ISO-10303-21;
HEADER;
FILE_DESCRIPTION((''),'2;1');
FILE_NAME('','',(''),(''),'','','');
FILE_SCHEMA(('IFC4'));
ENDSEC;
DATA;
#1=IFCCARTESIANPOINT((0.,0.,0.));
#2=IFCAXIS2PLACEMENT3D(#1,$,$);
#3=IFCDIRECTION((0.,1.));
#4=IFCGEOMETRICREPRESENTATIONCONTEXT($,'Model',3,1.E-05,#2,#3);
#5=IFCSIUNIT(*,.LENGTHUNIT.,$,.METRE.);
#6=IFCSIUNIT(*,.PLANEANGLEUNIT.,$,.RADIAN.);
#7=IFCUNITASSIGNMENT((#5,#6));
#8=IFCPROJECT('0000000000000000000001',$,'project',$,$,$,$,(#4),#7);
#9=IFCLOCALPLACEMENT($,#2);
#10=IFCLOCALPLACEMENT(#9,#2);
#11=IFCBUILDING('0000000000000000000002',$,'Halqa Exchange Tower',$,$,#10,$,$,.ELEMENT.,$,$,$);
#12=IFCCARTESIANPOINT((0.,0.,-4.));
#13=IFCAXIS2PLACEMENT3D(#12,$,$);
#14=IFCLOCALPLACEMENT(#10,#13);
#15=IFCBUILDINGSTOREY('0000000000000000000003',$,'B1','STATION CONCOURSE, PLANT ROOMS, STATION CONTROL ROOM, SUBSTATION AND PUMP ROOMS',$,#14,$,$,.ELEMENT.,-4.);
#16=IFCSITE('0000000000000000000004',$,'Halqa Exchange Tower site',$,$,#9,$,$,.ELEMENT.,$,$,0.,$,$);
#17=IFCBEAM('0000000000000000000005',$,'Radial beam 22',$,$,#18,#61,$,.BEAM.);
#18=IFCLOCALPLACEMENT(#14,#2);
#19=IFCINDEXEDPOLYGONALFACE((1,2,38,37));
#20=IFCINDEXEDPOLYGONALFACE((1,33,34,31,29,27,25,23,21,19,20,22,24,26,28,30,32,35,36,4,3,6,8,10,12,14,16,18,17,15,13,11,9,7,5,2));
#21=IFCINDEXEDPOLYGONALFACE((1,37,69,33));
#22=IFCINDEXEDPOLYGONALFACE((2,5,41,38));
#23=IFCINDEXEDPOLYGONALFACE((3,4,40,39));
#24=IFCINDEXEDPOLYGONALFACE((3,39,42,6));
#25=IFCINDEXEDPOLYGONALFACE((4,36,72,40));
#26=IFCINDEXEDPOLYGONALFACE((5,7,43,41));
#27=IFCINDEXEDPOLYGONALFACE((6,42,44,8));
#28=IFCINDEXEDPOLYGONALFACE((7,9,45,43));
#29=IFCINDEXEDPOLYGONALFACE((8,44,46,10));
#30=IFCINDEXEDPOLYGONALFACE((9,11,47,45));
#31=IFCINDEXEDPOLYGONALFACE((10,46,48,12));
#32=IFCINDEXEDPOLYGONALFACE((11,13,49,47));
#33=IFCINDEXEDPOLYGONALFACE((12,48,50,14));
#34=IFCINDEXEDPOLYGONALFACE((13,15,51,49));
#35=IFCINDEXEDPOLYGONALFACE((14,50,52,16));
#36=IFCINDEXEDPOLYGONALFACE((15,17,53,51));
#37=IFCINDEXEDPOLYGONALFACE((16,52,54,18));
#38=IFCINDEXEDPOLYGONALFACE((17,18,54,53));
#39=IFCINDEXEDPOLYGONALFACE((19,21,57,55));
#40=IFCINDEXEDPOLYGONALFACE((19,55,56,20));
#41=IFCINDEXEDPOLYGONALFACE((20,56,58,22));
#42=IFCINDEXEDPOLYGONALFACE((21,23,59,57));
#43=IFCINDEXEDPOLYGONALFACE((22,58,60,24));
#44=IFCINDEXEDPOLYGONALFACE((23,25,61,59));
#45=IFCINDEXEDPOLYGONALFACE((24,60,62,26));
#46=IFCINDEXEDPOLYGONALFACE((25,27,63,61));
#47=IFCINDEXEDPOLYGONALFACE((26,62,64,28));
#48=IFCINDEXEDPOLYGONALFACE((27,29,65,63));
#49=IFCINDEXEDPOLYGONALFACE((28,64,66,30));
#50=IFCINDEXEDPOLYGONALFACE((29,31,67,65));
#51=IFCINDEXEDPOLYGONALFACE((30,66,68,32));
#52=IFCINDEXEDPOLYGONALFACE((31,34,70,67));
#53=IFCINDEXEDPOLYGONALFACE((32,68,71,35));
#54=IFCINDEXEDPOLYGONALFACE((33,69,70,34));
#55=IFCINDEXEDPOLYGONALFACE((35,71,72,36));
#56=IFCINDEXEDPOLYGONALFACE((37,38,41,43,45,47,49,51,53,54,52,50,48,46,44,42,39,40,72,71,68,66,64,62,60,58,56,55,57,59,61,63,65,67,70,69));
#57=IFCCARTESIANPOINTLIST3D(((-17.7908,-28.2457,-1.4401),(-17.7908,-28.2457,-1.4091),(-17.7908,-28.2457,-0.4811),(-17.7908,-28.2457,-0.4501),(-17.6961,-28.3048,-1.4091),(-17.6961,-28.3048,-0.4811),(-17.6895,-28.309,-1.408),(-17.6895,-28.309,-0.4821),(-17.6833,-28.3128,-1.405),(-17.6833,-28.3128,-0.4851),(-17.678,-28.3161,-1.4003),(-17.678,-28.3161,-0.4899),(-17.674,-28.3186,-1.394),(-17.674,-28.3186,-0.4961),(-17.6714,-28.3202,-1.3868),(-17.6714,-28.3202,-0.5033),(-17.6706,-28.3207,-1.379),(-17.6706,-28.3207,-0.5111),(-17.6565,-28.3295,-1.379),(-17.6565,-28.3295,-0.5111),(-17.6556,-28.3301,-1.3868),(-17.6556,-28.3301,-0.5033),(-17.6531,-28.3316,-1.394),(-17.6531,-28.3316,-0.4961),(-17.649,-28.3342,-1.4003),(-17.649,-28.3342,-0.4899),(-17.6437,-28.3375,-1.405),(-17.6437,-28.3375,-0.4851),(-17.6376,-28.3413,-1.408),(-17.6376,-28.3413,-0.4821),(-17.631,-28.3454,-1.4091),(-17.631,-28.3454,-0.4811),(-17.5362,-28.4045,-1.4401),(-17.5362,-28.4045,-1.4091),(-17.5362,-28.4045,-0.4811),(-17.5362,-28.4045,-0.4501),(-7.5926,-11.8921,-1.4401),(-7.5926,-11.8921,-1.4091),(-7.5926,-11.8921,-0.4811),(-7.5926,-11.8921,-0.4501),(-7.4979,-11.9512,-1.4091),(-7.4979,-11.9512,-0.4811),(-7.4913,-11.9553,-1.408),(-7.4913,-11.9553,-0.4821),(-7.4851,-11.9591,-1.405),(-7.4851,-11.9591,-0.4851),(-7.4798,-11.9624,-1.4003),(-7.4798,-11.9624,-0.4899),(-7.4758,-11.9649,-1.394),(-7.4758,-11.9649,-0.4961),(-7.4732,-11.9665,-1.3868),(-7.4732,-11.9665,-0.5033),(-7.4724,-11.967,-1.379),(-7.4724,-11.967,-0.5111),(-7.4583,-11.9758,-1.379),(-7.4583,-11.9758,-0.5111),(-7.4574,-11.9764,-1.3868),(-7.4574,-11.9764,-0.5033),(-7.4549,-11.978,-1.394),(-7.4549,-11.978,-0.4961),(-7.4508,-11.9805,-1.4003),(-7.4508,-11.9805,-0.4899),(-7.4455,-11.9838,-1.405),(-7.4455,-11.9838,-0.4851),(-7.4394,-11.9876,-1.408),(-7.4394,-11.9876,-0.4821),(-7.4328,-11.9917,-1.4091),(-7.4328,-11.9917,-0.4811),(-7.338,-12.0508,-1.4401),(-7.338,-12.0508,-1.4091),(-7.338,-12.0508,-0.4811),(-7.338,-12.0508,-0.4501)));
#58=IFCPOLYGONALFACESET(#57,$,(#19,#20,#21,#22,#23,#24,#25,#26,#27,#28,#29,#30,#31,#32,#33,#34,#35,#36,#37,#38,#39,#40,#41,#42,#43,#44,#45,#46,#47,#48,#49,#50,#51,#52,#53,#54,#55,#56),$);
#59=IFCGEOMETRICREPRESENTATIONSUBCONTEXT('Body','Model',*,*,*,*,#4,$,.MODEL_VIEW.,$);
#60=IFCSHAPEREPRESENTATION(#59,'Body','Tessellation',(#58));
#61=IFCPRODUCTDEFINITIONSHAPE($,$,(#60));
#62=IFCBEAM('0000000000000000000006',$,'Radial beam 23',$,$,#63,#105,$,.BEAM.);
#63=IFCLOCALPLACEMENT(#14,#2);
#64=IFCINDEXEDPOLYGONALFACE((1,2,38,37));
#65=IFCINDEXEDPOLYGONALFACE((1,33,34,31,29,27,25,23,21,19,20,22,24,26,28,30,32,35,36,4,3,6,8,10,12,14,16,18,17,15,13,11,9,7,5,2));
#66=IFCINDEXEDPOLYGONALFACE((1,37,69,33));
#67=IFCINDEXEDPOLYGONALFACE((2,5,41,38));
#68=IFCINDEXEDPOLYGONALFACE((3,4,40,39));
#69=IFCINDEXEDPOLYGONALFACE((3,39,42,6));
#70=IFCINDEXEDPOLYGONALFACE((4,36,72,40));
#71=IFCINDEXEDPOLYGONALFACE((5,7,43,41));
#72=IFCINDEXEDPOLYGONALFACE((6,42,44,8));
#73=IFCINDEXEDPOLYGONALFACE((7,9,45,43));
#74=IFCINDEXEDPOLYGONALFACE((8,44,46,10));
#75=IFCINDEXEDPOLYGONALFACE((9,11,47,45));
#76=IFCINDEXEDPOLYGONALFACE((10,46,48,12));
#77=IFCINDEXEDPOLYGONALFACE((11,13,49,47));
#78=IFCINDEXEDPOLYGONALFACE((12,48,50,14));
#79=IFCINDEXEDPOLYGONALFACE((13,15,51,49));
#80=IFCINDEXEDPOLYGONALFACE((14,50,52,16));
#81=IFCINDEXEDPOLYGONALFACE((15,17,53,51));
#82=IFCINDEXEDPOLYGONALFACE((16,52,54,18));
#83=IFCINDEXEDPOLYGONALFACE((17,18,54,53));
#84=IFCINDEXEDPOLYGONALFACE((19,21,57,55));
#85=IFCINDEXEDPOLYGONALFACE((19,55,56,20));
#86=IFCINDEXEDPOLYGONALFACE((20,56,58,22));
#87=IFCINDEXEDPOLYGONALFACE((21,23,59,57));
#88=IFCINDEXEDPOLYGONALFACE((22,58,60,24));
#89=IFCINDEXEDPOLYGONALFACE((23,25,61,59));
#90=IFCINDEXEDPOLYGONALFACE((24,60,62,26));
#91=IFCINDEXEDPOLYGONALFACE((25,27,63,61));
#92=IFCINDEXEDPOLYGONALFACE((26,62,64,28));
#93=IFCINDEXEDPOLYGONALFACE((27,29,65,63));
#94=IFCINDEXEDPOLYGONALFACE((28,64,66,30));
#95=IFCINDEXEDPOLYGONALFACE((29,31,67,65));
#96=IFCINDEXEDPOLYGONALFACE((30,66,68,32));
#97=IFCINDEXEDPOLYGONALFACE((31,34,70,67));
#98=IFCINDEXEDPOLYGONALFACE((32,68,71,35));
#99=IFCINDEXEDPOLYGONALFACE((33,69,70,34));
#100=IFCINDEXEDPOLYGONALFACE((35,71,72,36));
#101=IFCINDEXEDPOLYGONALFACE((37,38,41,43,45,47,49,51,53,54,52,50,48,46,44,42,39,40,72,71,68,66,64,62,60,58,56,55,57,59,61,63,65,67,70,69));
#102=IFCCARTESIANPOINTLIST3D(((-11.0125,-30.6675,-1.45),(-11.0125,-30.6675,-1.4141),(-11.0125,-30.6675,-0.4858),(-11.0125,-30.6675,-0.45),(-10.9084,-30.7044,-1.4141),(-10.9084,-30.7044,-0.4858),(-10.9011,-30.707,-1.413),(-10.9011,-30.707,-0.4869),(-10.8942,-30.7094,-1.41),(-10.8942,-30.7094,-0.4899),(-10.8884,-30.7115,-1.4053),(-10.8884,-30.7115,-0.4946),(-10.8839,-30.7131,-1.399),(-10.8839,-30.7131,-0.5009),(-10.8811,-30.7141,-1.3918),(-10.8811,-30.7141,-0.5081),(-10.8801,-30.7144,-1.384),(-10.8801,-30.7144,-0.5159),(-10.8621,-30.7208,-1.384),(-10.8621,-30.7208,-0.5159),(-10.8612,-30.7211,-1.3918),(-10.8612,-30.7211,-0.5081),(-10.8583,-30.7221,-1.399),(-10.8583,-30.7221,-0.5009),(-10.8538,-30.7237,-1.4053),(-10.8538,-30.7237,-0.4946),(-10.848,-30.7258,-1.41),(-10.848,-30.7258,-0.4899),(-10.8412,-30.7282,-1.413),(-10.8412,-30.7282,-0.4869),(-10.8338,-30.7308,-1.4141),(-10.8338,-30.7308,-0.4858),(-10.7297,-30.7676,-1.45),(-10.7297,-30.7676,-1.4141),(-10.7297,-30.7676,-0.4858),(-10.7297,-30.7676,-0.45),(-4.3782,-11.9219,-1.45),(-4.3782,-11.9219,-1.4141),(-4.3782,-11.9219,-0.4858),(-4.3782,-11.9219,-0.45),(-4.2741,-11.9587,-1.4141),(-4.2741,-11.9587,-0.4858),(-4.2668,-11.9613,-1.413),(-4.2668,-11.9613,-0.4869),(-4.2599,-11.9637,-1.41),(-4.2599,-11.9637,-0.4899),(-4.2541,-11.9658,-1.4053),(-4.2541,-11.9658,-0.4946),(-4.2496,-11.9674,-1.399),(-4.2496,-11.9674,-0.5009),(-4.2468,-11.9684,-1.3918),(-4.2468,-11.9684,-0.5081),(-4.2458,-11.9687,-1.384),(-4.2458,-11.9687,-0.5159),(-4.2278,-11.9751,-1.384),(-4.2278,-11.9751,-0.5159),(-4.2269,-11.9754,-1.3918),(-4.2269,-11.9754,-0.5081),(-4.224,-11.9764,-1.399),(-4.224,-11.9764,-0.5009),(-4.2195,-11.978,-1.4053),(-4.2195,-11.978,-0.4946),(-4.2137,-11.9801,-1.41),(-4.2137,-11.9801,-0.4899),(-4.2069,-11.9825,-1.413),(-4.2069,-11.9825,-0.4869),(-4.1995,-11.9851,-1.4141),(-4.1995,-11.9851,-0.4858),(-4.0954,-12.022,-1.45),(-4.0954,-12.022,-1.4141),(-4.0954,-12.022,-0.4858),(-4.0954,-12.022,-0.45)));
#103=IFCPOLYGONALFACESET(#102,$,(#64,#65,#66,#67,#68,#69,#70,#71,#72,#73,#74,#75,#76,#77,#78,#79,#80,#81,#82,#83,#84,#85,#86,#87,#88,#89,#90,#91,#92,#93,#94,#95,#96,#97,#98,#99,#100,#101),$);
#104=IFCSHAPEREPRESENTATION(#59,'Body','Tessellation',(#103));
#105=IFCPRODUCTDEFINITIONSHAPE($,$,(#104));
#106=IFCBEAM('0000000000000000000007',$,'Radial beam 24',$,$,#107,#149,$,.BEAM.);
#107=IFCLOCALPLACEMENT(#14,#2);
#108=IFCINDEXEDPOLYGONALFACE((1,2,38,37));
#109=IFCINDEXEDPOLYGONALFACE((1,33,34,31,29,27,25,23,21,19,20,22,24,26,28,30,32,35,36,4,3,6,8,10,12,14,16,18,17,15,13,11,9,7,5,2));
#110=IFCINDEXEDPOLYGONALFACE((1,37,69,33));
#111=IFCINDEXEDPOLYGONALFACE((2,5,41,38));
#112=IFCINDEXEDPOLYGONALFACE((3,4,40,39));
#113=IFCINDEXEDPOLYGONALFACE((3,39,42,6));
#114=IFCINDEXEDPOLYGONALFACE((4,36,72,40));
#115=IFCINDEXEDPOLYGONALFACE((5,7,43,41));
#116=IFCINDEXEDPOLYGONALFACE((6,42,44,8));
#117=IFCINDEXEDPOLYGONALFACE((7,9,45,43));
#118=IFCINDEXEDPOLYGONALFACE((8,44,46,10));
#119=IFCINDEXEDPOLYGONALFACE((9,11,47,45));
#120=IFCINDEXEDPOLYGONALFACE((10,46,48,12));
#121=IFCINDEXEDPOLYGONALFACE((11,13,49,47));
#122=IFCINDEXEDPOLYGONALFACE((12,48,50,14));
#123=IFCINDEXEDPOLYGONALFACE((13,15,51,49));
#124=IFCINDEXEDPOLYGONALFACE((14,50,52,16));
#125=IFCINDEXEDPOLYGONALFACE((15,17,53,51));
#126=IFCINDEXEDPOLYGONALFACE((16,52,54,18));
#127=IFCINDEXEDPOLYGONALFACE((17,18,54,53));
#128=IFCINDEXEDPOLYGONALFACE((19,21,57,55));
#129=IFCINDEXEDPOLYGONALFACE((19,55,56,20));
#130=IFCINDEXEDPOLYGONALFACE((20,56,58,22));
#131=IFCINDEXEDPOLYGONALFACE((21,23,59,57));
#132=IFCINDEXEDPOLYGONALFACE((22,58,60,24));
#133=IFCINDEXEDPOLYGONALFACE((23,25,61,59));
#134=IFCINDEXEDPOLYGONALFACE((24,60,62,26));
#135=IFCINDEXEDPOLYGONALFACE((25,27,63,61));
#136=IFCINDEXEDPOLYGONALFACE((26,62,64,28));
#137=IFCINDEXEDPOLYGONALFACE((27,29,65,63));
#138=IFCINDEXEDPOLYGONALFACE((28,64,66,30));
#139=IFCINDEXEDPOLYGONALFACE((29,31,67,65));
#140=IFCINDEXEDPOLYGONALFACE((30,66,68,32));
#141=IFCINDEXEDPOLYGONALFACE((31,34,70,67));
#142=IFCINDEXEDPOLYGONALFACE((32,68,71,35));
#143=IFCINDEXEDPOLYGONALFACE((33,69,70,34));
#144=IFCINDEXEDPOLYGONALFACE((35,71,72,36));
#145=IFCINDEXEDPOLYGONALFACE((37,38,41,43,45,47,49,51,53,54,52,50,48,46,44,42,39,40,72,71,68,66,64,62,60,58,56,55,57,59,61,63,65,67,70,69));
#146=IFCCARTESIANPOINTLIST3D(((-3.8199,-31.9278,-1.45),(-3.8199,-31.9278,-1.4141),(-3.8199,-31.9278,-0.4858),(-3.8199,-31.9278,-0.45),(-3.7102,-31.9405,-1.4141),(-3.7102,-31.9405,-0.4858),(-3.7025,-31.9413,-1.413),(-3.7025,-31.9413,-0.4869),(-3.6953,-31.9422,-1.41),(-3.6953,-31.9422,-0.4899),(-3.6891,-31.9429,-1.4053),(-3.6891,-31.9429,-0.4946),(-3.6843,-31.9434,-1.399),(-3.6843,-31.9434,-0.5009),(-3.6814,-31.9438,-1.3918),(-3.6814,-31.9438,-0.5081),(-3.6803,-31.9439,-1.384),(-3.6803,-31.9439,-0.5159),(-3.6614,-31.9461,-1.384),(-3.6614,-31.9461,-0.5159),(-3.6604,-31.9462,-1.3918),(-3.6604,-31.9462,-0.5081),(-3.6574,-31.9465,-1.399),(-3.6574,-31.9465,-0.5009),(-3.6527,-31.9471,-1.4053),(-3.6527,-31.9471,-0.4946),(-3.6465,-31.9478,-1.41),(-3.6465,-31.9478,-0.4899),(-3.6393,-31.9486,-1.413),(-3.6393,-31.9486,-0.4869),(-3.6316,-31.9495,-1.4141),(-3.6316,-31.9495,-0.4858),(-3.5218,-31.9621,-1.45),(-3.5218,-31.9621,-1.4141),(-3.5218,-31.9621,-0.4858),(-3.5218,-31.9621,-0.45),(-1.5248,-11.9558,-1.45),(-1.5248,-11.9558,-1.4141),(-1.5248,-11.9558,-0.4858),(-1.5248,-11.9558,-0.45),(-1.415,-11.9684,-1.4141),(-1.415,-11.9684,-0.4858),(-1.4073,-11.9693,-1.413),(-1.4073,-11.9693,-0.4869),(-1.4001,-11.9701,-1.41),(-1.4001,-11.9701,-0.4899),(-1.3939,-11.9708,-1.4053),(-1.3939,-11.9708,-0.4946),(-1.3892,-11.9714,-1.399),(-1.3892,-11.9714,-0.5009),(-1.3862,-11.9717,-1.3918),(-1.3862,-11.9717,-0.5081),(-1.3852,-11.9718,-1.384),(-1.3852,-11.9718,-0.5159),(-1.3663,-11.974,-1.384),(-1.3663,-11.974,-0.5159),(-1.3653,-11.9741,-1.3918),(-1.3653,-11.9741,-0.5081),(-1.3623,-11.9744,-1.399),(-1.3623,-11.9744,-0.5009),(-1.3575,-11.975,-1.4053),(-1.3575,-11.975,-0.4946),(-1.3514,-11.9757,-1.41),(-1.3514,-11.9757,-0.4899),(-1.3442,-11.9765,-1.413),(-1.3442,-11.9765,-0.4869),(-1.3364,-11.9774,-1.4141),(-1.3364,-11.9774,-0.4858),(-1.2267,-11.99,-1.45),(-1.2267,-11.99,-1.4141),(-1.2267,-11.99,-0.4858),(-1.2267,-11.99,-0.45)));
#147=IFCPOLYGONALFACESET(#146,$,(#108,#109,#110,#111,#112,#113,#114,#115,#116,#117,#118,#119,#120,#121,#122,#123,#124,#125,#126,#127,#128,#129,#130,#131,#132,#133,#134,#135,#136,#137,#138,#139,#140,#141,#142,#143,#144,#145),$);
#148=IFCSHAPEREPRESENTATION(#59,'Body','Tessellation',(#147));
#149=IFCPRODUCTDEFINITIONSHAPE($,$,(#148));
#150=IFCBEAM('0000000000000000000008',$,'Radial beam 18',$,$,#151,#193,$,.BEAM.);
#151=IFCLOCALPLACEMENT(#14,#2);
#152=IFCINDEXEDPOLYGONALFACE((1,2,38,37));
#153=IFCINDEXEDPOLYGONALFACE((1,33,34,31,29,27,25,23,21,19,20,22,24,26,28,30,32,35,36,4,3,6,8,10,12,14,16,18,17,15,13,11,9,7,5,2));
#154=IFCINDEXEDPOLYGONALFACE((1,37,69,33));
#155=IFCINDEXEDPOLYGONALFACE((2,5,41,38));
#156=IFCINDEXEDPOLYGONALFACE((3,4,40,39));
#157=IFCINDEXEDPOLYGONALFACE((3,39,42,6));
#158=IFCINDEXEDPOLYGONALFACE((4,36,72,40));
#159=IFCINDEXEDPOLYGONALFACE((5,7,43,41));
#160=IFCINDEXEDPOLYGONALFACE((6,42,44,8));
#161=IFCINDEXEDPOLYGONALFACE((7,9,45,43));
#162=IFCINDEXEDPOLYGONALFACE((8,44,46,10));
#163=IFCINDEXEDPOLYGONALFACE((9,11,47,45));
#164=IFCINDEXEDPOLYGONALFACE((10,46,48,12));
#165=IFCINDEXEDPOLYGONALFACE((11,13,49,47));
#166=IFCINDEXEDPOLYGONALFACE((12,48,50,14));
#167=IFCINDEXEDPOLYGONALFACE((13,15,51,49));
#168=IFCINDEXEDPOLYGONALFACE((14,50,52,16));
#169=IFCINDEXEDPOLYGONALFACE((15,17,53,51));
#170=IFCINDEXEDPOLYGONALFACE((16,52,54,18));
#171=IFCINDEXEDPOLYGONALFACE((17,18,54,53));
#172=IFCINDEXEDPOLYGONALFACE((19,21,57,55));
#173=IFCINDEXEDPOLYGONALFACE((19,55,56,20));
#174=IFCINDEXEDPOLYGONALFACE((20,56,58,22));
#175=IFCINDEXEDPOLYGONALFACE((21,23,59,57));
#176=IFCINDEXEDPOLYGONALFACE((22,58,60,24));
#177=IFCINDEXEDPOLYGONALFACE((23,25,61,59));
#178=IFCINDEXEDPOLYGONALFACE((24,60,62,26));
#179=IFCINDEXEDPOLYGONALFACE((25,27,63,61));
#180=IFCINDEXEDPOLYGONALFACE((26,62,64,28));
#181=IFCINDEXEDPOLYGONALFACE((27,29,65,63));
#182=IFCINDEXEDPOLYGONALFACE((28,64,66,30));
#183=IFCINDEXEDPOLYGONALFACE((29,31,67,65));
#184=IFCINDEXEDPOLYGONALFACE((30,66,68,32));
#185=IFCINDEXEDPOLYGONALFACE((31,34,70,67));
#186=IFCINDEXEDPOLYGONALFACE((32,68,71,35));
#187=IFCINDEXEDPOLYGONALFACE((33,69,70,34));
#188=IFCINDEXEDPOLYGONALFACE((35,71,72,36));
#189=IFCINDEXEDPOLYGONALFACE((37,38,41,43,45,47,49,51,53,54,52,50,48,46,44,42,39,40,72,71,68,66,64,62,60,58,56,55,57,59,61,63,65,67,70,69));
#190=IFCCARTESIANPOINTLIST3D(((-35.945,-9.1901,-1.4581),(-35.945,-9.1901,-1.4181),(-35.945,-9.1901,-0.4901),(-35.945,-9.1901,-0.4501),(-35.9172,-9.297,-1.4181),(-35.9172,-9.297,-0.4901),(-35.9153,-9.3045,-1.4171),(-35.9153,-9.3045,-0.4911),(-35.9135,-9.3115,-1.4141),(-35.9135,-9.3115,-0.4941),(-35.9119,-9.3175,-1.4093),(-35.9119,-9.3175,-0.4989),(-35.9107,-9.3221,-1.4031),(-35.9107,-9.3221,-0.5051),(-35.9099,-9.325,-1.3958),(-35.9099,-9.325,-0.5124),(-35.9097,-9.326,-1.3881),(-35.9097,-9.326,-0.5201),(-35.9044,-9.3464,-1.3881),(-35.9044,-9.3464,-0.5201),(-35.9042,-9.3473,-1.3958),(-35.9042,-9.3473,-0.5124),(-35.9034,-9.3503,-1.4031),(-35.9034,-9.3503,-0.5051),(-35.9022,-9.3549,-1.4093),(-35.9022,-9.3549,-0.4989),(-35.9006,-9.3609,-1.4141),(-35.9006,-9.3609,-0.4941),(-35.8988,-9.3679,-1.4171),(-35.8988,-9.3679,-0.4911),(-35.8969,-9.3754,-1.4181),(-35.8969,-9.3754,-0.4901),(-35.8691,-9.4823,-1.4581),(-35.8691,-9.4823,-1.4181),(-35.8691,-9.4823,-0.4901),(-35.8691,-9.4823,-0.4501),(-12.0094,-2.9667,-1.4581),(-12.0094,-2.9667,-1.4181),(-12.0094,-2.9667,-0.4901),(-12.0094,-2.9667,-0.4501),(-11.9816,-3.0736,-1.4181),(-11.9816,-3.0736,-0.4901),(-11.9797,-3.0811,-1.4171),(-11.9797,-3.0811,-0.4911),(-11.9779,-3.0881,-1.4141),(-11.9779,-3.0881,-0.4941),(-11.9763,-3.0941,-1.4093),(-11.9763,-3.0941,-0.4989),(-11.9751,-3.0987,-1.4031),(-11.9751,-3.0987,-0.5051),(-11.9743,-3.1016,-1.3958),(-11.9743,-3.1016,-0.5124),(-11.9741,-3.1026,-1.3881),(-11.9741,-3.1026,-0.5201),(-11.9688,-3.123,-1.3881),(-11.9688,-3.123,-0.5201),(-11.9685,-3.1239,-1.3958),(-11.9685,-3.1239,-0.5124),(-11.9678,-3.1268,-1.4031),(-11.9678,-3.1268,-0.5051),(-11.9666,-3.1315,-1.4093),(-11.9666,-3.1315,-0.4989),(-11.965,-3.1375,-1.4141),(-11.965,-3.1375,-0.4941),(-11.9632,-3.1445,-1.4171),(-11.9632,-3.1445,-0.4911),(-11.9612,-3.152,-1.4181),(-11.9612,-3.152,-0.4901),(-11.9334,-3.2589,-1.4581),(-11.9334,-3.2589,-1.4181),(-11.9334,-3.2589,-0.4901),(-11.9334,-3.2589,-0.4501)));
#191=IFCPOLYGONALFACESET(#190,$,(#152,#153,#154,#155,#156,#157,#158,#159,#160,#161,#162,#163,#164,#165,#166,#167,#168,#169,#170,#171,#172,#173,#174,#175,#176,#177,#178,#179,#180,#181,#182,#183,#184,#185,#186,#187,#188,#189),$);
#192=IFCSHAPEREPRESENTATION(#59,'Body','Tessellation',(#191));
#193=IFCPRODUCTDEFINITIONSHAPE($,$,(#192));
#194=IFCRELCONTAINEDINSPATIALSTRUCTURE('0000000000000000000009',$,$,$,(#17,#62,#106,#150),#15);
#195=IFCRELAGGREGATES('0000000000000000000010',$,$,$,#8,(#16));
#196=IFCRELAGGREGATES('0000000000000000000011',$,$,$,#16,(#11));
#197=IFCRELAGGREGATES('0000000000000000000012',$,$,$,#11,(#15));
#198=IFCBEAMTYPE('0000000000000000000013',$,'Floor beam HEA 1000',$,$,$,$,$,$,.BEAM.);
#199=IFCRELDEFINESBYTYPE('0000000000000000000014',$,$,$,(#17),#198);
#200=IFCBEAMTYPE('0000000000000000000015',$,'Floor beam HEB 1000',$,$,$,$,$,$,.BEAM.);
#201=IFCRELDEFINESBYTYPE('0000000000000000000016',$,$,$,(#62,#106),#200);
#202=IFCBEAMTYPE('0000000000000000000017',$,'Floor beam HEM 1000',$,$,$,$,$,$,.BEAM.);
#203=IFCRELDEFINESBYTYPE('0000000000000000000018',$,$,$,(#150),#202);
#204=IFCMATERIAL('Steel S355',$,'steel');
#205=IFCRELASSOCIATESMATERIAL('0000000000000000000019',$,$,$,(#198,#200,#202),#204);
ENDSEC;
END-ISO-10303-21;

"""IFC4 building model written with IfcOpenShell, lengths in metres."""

from ifc_helpers import new_model, si_unit, direction, frame, origin, origin_2d, place, context, subcontext, project, spatial, i_section, extrude, material, material_profile, profile_set, type_object, element, save


model = new_model("IFC4")

# Units and contexts
model_context = context("Model", 3, precision=1e-05, world=origin(), true_north=direction((0.0, 1.0)))
body_context = subcontext(model_context, "Body", "Model", "MODEL_VIEW")
ifc_project = project(units=[si_unit("LENGTHUNIT", "METRE"), si_unit("PLANEANGLEUNIT", "RADIAN")], contexts=[model_context])

# Site, building, storey
site_placement = place(None, origin())
site = spatial("IfcSite", under=ifc_project, at=site_placement, Name="Halqa Exchange Tower site", CompositionType="ELEMENT", RefElevation=0.0)
building_placement = place(site_placement, origin())
building = spatial("IfcBuilding", under=site, at=building_placement, Name="Halqa Exchange Tower", CompositionType="ELEMENT")
storey_placement = place(building_placement, frame((0.0, 0.0, -4.0)))
storey = spatial("IfcBuildingStorey", under=building, at=storey_placement, Name="B1", Description="STATION CONCOURSE, PLANT ROOMS, STATION CONTROL ROOM, SUBSTATION AND PUMP ROOMS", CompositionType="ELEMENT", Elevation=-4.0)

# Beams
ifc_material_1 = material(Name="Steel S355", Category="steel")
ifc_material_profile_1 = material_profile(ifc_material_1, i_section(OverallWidth=0.3, OverallDepth=0.99, WebThickness=0.0166, FlangeThickness=0.031, FilletRadius=0.03, at=origin_2d()), Name="HEA 1000")
ifc_profile_set_1 = profile_set([ifc_material_profile_1], Name="Steel S355")
beam_type_1 = type_object("IfcBeamType", Name="Floor beam HEA 1000", PredefinedType="BEAM", material=ifc_profile_set_1)
beam_1_placement = place(storey_placement, frame((-7.4653, -11.9714, -0.9451), z_axis=(-0.529146, -0.848531, 0.0), x_axis=(0.848531, -0.529146, 0.0)))
element("IfcBeam", 1, at=beam_1_placement, inside=storey, type_object=beam_type_1, Name="Radial beam 22", PredefinedType="BEAM", context=body_context, shape_type="SweptSolid", body=[
    extrude(i_section(OverallWidth=0.3, OverallDepth=0.99, WebThickness=0.0166, FlangeThickness=0.031, FilletRadius=0.03, at=origin_2d()), origin(), (0.0, 0.0, 1.0), 19.2729),
])
ifc_material_profile_2 = material_profile(ifc_material_1, i_section(OverallWidth=0.3, OverallDepth=1.0, WebThickness=0.019, FlangeThickness=0.0359, FilletRadius=0.03, at=origin_2d()), Name="HEB 1000")
ifc_profile_set_2 = profile_set([ifc_material_profile_2], Name="Steel S355")
beam_type_2 = type_object("IfcBeamType", Name="Floor beam HEB 1000", PredefinedType="BEAM", material=ifc_profile_set_2)
beam_2_placement = place(storey_placement, frame((-4.2368, -11.9719, -0.95), z_axis=(-0.333633, -0.942703, 0.0), x_axis=(0.942703, -0.333633, 0.0)))
element("IfcBeam", 2, at=beam_2_placement, inside=storey, type_object=beam_type_2, Name="Radial beam 23", PredefinedType="BEAM", context=body_context, shape_type="SweptSolid", body=[
    extrude(i_section(OverallWidth=0.3, OverallDepth=1.0, WebThickness=0.019, FlangeThickness=0.0359, FilletRadius=0.03, at=origin_2d()), origin(), (0.0, 0.0, 1.0), 19.885),
])
beam_3_placement = place(storey_placement, frame((-1.3757, -11.9729, -0.95), z_axis=(-0.114167, -0.993462, 0.0), x_axis=(0.993462, -0.114167, 0.0)))
element("IfcBeam", 3, at=beam_3_placement, inside=storey, type_object=beam_type_2, Name="Radial beam 24", PredefinedType="BEAM", context=body_context, shape_type="SweptSolid", body=[
    extrude(i_section(OverallWidth=0.3, OverallDepth=1.0, WebThickness=0.019, FlangeThickness=0.0359, FilletRadius=0.03, at=origin_2d()), origin(), (0.0, 0.0, 1.0), 20.1035),
])
ifc_material_profile_3 = material_profile(ifc_material_1, i_section(OverallWidth=0.302, OverallDepth=1.0081, WebThickness=0.021, FlangeThickness=0.04, FilletRadius=0.03, at=origin_2d()), Name="HEM 1000")
ifc_profile_set_3 = profile_set([ifc_material_profile_3], Name="Steel S355")
beam_type_3 = type_object("IfcBeamType", Name="Floor beam HEM 1000", PredefinedType="BEAM", material=ifc_profile_set_3)
beam_4_placement = place(storey_placement, frame((-11.9714, -3.1128, -0.9541), z_axis=(-0.967821, -0.251639, 0.0), x_axis=(0.251639, -0.967821, 0.0)))
element("IfcBeam", 4, at=beam_4_placement, inside=storey, type_object=beam_type_3, Name="Radial beam 18", PredefinedType="BEAM", context=body_context, shape_type="SweptSolid", body=[
    extrude(i_section(OverallWidth=0.302, OverallDepth=1.0081, WebThickness=0.021, FlangeThickness=0.04, FilletRadius=0.03, at=origin_2d()), origin(), (0.0, 0.0, 1.0), 24.7314),
])

save(model, "model.ifc")
